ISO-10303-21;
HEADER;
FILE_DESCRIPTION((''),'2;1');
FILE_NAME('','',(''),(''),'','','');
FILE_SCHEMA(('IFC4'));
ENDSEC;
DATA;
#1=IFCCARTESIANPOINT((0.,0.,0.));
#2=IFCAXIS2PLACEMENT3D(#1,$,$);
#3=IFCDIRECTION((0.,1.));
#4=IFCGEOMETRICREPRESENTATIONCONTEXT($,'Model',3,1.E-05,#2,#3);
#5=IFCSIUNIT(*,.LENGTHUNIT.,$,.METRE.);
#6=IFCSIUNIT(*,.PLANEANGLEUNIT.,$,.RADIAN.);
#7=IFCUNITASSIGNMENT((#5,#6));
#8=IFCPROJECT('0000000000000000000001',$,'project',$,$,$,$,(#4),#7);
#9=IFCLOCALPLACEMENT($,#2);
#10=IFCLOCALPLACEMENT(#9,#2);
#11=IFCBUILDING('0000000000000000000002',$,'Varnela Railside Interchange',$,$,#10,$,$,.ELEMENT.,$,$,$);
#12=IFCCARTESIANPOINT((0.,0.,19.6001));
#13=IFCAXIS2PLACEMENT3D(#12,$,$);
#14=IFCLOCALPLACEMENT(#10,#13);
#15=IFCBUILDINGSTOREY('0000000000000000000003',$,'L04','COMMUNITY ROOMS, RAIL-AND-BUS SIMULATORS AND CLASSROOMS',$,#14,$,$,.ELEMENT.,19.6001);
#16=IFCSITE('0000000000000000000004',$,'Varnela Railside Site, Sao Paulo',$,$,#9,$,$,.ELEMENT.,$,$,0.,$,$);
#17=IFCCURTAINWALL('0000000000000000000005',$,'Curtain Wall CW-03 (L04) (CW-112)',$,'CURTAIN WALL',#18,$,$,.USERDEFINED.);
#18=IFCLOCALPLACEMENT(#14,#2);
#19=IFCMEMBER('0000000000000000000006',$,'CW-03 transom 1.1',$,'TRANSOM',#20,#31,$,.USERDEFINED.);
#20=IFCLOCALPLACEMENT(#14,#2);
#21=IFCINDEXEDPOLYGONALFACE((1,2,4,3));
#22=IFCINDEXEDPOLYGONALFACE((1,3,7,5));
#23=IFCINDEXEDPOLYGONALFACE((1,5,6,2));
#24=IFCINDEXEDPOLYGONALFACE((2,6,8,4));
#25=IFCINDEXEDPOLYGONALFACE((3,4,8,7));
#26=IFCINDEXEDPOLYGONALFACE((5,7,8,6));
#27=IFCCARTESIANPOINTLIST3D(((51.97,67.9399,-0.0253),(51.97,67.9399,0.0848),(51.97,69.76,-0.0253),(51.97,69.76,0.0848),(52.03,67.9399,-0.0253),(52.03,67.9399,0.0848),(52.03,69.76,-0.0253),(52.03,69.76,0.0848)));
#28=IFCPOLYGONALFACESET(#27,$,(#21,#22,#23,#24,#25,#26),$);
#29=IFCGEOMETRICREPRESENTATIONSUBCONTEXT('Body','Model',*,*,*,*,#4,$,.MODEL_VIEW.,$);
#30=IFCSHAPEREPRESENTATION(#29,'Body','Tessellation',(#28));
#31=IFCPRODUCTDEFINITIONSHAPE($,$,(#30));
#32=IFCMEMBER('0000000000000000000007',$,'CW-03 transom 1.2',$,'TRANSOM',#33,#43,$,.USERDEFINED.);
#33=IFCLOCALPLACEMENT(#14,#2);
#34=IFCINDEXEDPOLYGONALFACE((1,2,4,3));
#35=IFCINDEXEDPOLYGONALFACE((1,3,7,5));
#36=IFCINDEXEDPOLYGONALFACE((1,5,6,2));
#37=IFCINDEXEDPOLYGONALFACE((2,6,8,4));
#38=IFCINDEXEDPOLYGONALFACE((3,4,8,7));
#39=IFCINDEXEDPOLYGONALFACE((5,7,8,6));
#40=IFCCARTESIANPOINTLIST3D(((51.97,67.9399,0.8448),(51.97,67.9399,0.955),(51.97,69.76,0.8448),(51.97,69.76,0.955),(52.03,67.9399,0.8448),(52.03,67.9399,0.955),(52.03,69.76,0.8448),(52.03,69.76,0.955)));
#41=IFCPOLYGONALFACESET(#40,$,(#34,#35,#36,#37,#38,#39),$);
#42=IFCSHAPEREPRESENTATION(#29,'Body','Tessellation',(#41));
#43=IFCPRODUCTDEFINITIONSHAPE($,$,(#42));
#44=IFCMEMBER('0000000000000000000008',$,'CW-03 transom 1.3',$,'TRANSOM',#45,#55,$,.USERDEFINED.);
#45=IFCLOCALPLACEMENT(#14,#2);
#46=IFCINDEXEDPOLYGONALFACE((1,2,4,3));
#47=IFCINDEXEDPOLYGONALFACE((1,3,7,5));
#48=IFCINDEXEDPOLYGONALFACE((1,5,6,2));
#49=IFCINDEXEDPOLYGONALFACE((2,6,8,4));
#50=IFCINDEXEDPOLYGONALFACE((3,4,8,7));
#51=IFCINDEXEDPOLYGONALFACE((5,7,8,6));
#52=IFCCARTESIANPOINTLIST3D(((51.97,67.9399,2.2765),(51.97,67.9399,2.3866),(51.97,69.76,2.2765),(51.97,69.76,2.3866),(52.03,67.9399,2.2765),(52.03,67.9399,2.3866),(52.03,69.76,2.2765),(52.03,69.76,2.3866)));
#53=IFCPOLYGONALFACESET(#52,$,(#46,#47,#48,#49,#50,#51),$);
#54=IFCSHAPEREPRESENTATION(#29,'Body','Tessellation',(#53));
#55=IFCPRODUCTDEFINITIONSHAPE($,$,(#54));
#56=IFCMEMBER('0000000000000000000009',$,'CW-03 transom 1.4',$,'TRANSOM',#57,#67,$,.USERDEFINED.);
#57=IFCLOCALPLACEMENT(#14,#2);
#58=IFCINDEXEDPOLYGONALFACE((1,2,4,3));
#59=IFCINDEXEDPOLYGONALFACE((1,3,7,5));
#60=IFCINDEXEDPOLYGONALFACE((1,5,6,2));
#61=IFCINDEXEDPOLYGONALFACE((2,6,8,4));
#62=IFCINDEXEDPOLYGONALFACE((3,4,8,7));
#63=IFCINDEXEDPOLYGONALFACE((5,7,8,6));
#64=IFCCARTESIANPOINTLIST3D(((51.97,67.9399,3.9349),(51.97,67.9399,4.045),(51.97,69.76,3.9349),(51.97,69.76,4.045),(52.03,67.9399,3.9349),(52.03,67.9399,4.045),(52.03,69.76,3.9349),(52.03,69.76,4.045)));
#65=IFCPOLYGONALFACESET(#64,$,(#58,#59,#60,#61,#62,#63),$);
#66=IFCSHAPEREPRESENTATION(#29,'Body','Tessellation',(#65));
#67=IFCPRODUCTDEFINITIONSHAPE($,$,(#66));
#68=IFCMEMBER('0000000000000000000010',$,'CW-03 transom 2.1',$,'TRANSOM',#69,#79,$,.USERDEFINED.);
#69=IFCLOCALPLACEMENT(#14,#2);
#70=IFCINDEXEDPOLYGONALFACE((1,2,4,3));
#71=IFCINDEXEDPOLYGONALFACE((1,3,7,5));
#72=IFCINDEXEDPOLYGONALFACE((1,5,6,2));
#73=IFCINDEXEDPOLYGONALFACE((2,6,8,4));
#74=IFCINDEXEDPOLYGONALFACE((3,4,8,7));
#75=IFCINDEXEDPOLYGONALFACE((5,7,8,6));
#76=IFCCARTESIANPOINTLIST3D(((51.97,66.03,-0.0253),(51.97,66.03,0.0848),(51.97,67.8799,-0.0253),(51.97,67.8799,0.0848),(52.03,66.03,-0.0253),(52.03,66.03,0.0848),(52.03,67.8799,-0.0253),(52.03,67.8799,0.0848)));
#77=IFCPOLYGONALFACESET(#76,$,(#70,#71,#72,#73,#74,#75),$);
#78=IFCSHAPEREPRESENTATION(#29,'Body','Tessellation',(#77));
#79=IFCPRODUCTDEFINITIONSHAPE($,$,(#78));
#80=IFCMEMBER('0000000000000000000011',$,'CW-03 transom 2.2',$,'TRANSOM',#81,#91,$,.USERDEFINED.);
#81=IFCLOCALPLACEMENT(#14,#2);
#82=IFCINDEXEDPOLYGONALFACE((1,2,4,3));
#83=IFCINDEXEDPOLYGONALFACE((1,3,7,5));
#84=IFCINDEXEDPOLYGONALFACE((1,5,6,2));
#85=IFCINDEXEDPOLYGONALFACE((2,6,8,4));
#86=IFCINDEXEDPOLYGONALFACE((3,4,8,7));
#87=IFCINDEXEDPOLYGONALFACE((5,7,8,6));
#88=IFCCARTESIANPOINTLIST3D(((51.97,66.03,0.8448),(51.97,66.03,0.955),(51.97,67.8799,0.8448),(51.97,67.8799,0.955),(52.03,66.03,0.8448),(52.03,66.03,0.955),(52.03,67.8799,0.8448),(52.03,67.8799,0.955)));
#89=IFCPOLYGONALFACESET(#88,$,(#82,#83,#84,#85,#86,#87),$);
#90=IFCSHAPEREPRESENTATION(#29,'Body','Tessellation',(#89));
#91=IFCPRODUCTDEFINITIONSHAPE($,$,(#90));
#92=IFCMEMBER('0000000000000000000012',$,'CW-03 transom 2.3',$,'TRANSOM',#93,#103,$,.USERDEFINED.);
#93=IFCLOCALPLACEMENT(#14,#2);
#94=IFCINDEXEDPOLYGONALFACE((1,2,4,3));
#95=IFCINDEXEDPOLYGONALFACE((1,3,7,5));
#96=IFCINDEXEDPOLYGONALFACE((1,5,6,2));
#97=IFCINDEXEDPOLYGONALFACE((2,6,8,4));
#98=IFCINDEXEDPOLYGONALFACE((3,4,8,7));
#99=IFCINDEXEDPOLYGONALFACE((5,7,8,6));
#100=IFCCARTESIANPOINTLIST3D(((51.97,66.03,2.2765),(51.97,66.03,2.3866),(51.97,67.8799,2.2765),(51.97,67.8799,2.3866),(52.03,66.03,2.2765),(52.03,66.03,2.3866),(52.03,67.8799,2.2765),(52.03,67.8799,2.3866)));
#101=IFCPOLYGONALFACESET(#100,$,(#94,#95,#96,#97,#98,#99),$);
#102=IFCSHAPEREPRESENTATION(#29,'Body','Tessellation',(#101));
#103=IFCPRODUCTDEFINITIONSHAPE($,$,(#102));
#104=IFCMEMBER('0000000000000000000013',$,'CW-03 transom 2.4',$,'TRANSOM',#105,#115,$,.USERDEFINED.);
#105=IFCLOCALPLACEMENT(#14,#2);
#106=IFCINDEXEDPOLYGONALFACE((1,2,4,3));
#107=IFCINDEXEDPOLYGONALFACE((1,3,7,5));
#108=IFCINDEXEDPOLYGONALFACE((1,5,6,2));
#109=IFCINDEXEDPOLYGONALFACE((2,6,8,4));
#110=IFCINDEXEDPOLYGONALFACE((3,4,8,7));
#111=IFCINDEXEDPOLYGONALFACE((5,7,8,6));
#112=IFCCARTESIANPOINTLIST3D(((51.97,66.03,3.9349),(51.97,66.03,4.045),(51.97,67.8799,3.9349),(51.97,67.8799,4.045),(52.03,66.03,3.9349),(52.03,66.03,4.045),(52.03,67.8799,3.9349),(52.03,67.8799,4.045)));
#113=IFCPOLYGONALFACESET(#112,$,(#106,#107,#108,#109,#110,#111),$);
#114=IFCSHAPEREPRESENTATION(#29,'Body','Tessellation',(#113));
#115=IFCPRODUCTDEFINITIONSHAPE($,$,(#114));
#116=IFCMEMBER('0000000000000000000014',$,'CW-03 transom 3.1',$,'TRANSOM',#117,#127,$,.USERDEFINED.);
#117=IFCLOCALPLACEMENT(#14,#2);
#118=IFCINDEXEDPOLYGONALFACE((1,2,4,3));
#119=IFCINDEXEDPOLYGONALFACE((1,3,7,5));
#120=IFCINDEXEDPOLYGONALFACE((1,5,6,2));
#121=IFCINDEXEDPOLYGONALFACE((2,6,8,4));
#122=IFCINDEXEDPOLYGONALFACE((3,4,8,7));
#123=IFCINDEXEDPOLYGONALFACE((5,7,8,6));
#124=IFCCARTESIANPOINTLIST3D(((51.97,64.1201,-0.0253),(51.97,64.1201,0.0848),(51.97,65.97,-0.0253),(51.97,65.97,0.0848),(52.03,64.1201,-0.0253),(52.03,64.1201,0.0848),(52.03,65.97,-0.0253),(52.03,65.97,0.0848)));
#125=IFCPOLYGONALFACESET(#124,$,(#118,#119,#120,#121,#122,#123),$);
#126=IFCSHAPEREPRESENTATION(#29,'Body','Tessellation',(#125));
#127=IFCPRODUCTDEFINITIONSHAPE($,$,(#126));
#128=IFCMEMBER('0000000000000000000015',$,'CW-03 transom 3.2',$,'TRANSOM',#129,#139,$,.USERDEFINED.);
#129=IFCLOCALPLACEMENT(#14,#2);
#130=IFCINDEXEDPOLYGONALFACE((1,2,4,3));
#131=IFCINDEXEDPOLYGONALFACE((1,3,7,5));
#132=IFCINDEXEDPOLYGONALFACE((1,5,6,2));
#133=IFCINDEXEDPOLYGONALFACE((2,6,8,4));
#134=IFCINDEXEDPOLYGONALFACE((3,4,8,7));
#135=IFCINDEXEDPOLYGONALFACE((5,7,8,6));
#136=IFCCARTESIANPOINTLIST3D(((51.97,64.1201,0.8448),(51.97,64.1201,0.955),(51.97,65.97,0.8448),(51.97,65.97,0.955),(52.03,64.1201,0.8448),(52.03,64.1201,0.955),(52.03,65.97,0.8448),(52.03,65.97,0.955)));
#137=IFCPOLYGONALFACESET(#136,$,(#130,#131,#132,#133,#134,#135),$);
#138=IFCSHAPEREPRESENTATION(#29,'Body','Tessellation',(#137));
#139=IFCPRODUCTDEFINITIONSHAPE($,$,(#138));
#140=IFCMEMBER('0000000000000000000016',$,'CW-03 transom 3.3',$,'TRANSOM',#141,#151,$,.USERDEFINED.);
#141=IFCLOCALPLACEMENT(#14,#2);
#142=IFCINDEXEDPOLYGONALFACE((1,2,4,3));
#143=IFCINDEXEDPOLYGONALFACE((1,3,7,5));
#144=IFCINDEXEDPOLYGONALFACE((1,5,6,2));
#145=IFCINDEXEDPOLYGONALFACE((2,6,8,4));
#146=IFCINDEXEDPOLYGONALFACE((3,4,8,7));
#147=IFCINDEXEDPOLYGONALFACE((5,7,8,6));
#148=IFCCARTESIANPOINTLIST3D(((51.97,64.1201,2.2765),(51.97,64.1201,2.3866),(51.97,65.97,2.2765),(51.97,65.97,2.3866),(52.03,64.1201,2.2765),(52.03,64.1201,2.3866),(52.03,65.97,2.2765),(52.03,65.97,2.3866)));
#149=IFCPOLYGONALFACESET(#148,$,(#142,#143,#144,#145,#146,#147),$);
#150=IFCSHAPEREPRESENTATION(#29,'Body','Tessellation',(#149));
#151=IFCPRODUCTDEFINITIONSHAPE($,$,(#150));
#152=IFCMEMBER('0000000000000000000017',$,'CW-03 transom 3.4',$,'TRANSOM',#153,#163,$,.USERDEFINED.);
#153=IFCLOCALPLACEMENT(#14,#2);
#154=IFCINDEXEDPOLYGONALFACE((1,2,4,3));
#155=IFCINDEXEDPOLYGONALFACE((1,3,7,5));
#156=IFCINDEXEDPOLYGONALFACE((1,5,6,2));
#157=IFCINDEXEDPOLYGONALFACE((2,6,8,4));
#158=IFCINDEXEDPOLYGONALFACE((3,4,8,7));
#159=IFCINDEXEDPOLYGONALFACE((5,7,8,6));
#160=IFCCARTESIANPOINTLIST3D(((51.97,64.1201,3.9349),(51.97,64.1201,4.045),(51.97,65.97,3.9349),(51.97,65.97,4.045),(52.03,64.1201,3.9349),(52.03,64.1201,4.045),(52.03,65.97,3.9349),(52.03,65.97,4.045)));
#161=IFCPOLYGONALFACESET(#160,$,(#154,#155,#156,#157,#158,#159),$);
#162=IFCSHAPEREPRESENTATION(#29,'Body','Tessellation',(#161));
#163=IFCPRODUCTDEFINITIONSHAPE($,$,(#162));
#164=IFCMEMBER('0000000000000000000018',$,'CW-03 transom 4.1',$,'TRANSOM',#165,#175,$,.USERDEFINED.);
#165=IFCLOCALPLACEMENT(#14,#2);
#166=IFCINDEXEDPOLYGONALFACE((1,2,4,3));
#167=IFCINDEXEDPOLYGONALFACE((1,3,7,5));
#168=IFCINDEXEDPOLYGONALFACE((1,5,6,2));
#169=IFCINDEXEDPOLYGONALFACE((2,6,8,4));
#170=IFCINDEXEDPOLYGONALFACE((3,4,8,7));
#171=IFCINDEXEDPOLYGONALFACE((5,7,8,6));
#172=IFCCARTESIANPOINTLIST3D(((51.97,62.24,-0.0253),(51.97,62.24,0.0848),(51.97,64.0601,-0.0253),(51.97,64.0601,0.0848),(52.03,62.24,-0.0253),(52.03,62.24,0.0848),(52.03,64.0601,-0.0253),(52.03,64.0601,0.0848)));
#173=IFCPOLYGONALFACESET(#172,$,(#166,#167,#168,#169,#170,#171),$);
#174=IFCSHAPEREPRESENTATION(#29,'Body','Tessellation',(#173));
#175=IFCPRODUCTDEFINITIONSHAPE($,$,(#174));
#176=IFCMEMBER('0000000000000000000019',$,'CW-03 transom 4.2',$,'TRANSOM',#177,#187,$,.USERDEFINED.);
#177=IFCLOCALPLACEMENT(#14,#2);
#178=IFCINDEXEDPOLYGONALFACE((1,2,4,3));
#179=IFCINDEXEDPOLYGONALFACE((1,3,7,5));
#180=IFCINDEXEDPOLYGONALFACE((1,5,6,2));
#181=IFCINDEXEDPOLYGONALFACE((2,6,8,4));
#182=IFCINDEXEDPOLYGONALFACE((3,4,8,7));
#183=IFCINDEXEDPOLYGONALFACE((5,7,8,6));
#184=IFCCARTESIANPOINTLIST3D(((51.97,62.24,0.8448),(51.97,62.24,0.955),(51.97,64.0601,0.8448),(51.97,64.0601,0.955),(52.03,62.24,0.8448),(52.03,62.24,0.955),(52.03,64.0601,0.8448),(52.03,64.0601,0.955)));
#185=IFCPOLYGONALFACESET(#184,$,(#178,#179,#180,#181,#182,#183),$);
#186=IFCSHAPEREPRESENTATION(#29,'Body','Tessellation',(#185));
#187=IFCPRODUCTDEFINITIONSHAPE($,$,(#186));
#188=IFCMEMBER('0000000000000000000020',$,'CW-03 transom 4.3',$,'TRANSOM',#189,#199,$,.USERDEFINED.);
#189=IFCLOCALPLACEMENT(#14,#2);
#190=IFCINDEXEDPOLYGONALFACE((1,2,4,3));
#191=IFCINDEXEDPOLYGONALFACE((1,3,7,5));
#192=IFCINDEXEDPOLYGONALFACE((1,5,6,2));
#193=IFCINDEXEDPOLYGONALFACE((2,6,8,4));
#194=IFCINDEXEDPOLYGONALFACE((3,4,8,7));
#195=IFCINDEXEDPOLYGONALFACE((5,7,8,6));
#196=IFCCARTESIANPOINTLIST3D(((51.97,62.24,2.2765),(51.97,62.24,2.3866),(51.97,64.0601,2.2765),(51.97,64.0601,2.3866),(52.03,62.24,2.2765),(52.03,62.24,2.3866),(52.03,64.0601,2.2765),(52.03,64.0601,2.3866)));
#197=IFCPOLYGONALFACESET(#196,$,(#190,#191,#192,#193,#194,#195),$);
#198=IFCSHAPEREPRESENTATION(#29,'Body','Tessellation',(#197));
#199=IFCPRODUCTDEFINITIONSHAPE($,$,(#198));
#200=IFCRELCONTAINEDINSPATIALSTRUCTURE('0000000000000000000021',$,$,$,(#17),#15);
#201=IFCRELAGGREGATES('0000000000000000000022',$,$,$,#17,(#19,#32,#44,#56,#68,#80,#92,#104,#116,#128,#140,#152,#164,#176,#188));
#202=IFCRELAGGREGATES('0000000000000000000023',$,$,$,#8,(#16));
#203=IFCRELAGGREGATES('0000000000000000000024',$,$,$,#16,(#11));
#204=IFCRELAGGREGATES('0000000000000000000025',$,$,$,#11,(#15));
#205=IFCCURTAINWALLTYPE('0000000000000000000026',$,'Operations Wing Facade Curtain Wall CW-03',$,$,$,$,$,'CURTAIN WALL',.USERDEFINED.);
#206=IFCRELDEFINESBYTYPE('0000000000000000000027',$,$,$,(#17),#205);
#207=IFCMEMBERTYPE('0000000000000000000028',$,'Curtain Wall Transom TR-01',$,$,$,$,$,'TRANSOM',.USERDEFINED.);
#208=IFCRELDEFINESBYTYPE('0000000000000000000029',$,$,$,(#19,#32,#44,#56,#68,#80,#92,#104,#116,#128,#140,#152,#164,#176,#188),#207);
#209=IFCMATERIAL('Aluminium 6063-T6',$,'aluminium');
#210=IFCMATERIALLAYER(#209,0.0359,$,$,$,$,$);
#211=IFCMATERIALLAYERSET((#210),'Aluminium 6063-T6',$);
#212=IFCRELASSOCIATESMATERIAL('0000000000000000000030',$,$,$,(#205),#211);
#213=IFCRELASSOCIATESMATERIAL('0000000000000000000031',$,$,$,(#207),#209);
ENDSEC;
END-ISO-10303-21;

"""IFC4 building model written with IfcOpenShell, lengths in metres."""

from ifc_helpers import new_model, si_unit, direction, frame, origin, origin_2d, place, context, subcontext, project, spatial, rectangle, extrude, material, layer, layer_set, material_profile, profile_set, type_object, element, aggregate, save


model = new_model("IFC4")

# Units and contexts
model_context = context("Model", 3, precision=1e-05, world=origin(), true_north=direction((0.0, 1.0)))
body_context = subcontext(model_context, "Body", "Model", "MODEL_VIEW")
ifc_project = project(units=[si_unit("LENGTHUNIT", "METRE"), si_unit("PLANEANGLEUNIT", "RADIAN")], contexts=[model_context])

# Site, building, storey
site_placement = place(None, origin())
site = spatial("IfcSite", under=ifc_project, at=site_placement, Name="Varnela Railside Site, Sao Paulo", CompositionType="ELEMENT", RefElevation=0.0)
building_placement = place(site_placement, origin())
building = spatial("IfcBuilding", under=site, at=building_placement, Name="Varnela Railside Interchange", CompositionType="ELEMENT")
storey_placement = place(building_placement, frame((0.0, 0.0, 19.6001)))
storey = spatial("IfcBuildingStorey", under=building, at=storey_placement, Name="L04", Description="COMMUNITY ROOMS, RAIL-AND-BUS SIMULATORS AND CLASSROOMS", CompositionType="ELEMENT", Elevation=19.6001)

# Curtain wall, members
ifc_material_1 = material(Name="Aluminium 6063-T6", Category="aluminium")
ifc_layer_1 = layer(ifc_material_1, 0.0359)
ifc_layer_set_1 = layer_set([ifc_layer_1], Name="Aluminium 6063-T6")
curtain_wall_type = type_object("IfcCurtainWallType", Name="Operations Wing Facade Curtain Wall CW-03", ElementType="CURTAIN WALL", PredefinedType="USERDEFINED", material=ifc_layer_set_1)
curtain_wall_placement = place(storey_placement, origin())
curtain_wall = element("IfcCurtainWall", 1, at=curtain_wall_placement, inside=storey, type_object=curtain_wall_type, Name="Curtain Wall CW-03 (L04) (CW-112)", ObjectType="CURTAIN WALL", PredefinedType="USERDEFINED")
ifc_material_profile = material_profile(ifc_material_1, rectangle(XDim=0.0601, YDim=0.1101, at=origin_2d()), Name="ALU 60x110")
ifc_profile_set = profile_set([ifc_material_profile], Name="Aluminium 6063-T6")
member_type = type_object("IfcMemberType", Name="Curtain Wall Transom TR-01", ElementType="TRANSOM", PredefinedType="USERDEFINED", material=ifc_profile_set)
member_1_placement = place(storey_placement, frame((52.0, 69.76, 0.0298), z_axis=(0.0, -1.0, 0.0), x_axis=(1.0, 0.0, 0.0)))
member_1 = element("IfcMember", 2, at=member_1_placement, type_object=member_type, Name="CW-03 transom 1.1", ObjectType="TRANSOM", PredefinedType="USERDEFINED", context=body_context, shape_type="SweptSolid", body=[
    extrude(rectangle(XDim=0.0601, YDim=0.1101, at=origin_2d()), origin(), (0.0, 0.0, 1.0), 1.8201),
])
member_2_placement = place(storey_placement, frame((52.0, 69.76, 0.8999), z_axis=(0.0, -1.0, 0.0), x_axis=(1.0, 0.0, 0.0)))
member_2 = element("IfcMember", 3, at=member_2_placement, type_object=member_type, Name="CW-03 transom 1.2", ObjectType="TRANSOM", PredefinedType="USERDEFINED", context=body_context, shape_type="SweptSolid", body=[
    extrude(rectangle(XDim=0.0601, YDim=0.1101, at=origin_2d()), origin(), (0.0, 0.0, 1.0), 1.8201),
])
member_3_placement = place(storey_placement, frame((52.0, 69.76, 2.3315), z_axis=(0.0, -1.0, 0.0), x_axis=(1.0, 0.0, 0.0)))
member_3 = element("IfcMember", 4, at=member_3_placement, type_object=member_type, Name="CW-03 transom 1.3", ObjectType="TRANSOM", PredefinedType="USERDEFINED", context=body_context, shape_type="SweptSolid", body=[
    extrude(rectangle(XDim=0.0601, YDim=0.1101, at=origin_2d()), origin(), (0.0, 0.0, 1.0), 1.8201),
])
member_4_placement = place(storey_placement, frame((52.0, 69.76, 3.99), z_axis=(0.0, -1.0, 0.0), x_axis=(1.0, 0.0, 0.0)))
member_4 = element("IfcMember", 5, at=member_4_placement, type_object=member_type, Name="CW-03 transom 1.4", ObjectType="TRANSOM", PredefinedType="USERDEFINED", context=body_context, shape_type="SweptSolid", body=[
    extrude(rectangle(XDim=0.0601, YDim=0.1101, at=origin_2d()), origin(), (0.0, 0.0, 1.0), 1.8201),
])
member_5_placement = place(storey_placement, frame((52.0, 67.8799, 0.0298), z_axis=(0.0, -1.0, 0.0), x_axis=(1.0, 0.0, 0.0)))
member_5 = element("IfcMember", 6, at=member_5_placement, type_object=member_type, Name="CW-03 transom 2.1", ObjectType="TRANSOM", PredefinedType="USERDEFINED", context=body_context, shape_type="SweptSolid", body=[
    extrude(rectangle(XDim=0.0601, YDim=0.1101, at=origin_2d()), origin(), (0.0, 0.0, 1.0), 1.8499),
])
member_6_placement = place(storey_placement, frame((52.0, 67.8799, 0.8999), z_axis=(0.0, -1.0, 0.0), x_axis=(1.0, 0.0, 0.0)))
member_6 = element("IfcMember", 7, at=member_6_placement, type_object=member_type, Name="CW-03 transom 2.2", ObjectType="TRANSOM", PredefinedType="USERDEFINED", context=body_context, shape_type="SweptSolid", body=[
    extrude(rectangle(XDim=0.0601, YDim=0.1101, at=origin_2d()), origin(), (0.0, 0.0, 1.0), 1.8499),
])
member_7_placement = place(storey_placement, frame((52.0, 67.8799, 2.3315), z_axis=(0.0, -1.0, 0.0), x_axis=(1.0, 0.0, 0.0)))
member_7 = element("IfcMember", 8, at=member_7_placement, type_object=member_type, Name="CW-03 transom 2.3", ObjectType="TRANSOM", PredefinedType="USERDEFINED", context=body_context, shape_type="SweptSolid", body=[
    extrude(rectangle(XDim=0.0601, YDim=0.1101, at=origin_2d()), origin(), (0.0, 0.0, 1.0), 1.8499),
])
member_8_placement = place(storey_placement, frame((52.0, 67.8799, 3.99), z_axis=(0.0, -1.0, 0.0), x_axis=(1.0, 0.0, 0.0)))
member_8 = element("IfcMember", 9, at=member_8_placement, type_object=member_type, Name="CW-03 transom 2.4", ObjectType="TRANSOM", PredefinedType="USERDEFINED", context=body_context, shape_type="SweptSolid", body=[
    extrude(rectangle(XDim=0.0601, YDim=0.1101, at=origin_2d()), origin(), (0.0, 0.0, 1.0), 1.8499),
])
member_9_placement = place(storey_placement, frame((52.0, 65.97, 0.0298), z_axis=(0.0, -1.0, 0.0), x_axis=(1.0, 0.0, 0.0)))
member_9 = element("IfcMember", 10, at=member_9_placement, type_object=member_type, Name="CW-03 transom 3.1", ObjectType="TRANSOM", PredefinedType="USERDEFINED", context=body_context, shape_type="SweptSolid", body=[
    extrude(rectangle(XDim=0.0601, YDim=0.1101, at=origin_2d()), origin(), (0.0, 0.0, 1.0), 1.8499),
])
member_10_placement = place(storey_placement, frame((52.0, 65.97, 0.8999), z_axis=(0.0, -1.0, 0.0), x_axis=(1.0, 0.0, 0.0)))
member_10 = element("IfcMember", 11, at=member_10_placement, type_object=member_type, Name="CW-03 transom 3.2", ObjectType="TRANSOM", PredefinedType="USERDEFINED", context=body_context, shape_type="SweptSolid", body=[
    extrude(rectangle(XDim=0.0601, YDim=0.1101, at=origin_2d()), origin(), (0.0, 0.0, 1.0), 1.8499),
])
member_11_placement = place(storey_placement, frame((52.0, 65.97, 2.3315), z_axis=(0.0, -1.0, 0.0), x_axis=(1.0, 0.0, 0.0)))
member_11 = element("IfcMember", 12, at=member_11_placement, type_object=member_type, Name="CW-03 transom 3.3", ObjectType="TRANSOM", PredefinedType="USERDEFINED", context=body_context, shape_type="SweptSolid", body=[
    extrude(rectangle(XDim=0.0601, YDim=0.1101, at=origin_2d()), origin(), (0.0, 0.0, 1.0), 1.8499),
])
member_12_placement = place(storey_placement, frame((52.0, 65.97, 3.99), z_axis=(0.0, -1.0, 0.0), x_axis=(1.0, 0.0, 0.0)))
member_12 = element("IfcMember", 13, at=member_12_placement, type_object=member_type, Name="CW-03 transom 3.4", ObjectType="TRANSOM", PredefinedType="USERDEFINED", context=body_context, shape_type="SweptSolid", body=[
    extrude(rectangle(XDim=0.0601, YDim=0.1101, at=origin_2d()), origin(), (0.0, 0.0, 1.0), 1.8499),
])
member_13_placement = place(storey_placement, frame((52.0, 64.0601, 0.0298), z_axis=(0.0, -1.0, 0.0), x_axis=(1.0, 0.0, 0.0)))
member_13 = element("IfcMember", 14, at=member_13_placement, type_object=member_type, Name="CW-03 transom 4.1", ObjectType="TRANSOM", PredefinedType="USERDEFINED", context=body_context, shape_type="SweptSolid", body=[
    extrude(rectangle(XDim=0.0601, YDim=0.1101, at=origin_2d()), origin(), (0.0, 0.0, 1.0), 1.8201),
])
member_14_placement = place(storey_placement, frame((52.0, 64.0601, 0.8999), z_axis=(0.0, -1.0, 0.0), x_axis=(1.0, 0.0, 0.0)))
member_14 = element("IfcMember", 15, at=member_14_placement, type_object=member_type, Name="CW-03 transom 4.2", ObjectType="TRANSOM", PredefinedType="USERDEFINED", context=body_context, shape_type="SweptSolid", body=[
    extrude(rectangle(XDim=0.0601, YDim=0.1101, at=origin_2d()), origin(), (0.0, 0.0, 1.0), 1.8201),
])
member_15_placement = place(storey_placement, frame((52.0, 64.0601, 2.3315), z_axis=(0.0, -1.0, 0.0), x_axis=(1.0, 0.0, 0.0)))
member_15 = element("IfcMember", 16, at=member_15_placement, type_object=member_type, Name="CW-03 transom 4.3", ObjectType="TRANSOM", PredefinedType="USERDEFINED", context=body_context, shape_type="SweptSolid", body=[
    extrude(rectangle(XDim=0.0601, YDim=0.1101, at=origin_2d()), origin(), (0.0, 0.0, 1.0), 1.8201),
])
aggregate(curtain_wall, [member_1, member_2, member_3, member_4, member_5, member_6, member_7, member_8, member_9, member_10, member_11, member_12, member_13, member_14, member_15])

save(model, "model.ifc")
